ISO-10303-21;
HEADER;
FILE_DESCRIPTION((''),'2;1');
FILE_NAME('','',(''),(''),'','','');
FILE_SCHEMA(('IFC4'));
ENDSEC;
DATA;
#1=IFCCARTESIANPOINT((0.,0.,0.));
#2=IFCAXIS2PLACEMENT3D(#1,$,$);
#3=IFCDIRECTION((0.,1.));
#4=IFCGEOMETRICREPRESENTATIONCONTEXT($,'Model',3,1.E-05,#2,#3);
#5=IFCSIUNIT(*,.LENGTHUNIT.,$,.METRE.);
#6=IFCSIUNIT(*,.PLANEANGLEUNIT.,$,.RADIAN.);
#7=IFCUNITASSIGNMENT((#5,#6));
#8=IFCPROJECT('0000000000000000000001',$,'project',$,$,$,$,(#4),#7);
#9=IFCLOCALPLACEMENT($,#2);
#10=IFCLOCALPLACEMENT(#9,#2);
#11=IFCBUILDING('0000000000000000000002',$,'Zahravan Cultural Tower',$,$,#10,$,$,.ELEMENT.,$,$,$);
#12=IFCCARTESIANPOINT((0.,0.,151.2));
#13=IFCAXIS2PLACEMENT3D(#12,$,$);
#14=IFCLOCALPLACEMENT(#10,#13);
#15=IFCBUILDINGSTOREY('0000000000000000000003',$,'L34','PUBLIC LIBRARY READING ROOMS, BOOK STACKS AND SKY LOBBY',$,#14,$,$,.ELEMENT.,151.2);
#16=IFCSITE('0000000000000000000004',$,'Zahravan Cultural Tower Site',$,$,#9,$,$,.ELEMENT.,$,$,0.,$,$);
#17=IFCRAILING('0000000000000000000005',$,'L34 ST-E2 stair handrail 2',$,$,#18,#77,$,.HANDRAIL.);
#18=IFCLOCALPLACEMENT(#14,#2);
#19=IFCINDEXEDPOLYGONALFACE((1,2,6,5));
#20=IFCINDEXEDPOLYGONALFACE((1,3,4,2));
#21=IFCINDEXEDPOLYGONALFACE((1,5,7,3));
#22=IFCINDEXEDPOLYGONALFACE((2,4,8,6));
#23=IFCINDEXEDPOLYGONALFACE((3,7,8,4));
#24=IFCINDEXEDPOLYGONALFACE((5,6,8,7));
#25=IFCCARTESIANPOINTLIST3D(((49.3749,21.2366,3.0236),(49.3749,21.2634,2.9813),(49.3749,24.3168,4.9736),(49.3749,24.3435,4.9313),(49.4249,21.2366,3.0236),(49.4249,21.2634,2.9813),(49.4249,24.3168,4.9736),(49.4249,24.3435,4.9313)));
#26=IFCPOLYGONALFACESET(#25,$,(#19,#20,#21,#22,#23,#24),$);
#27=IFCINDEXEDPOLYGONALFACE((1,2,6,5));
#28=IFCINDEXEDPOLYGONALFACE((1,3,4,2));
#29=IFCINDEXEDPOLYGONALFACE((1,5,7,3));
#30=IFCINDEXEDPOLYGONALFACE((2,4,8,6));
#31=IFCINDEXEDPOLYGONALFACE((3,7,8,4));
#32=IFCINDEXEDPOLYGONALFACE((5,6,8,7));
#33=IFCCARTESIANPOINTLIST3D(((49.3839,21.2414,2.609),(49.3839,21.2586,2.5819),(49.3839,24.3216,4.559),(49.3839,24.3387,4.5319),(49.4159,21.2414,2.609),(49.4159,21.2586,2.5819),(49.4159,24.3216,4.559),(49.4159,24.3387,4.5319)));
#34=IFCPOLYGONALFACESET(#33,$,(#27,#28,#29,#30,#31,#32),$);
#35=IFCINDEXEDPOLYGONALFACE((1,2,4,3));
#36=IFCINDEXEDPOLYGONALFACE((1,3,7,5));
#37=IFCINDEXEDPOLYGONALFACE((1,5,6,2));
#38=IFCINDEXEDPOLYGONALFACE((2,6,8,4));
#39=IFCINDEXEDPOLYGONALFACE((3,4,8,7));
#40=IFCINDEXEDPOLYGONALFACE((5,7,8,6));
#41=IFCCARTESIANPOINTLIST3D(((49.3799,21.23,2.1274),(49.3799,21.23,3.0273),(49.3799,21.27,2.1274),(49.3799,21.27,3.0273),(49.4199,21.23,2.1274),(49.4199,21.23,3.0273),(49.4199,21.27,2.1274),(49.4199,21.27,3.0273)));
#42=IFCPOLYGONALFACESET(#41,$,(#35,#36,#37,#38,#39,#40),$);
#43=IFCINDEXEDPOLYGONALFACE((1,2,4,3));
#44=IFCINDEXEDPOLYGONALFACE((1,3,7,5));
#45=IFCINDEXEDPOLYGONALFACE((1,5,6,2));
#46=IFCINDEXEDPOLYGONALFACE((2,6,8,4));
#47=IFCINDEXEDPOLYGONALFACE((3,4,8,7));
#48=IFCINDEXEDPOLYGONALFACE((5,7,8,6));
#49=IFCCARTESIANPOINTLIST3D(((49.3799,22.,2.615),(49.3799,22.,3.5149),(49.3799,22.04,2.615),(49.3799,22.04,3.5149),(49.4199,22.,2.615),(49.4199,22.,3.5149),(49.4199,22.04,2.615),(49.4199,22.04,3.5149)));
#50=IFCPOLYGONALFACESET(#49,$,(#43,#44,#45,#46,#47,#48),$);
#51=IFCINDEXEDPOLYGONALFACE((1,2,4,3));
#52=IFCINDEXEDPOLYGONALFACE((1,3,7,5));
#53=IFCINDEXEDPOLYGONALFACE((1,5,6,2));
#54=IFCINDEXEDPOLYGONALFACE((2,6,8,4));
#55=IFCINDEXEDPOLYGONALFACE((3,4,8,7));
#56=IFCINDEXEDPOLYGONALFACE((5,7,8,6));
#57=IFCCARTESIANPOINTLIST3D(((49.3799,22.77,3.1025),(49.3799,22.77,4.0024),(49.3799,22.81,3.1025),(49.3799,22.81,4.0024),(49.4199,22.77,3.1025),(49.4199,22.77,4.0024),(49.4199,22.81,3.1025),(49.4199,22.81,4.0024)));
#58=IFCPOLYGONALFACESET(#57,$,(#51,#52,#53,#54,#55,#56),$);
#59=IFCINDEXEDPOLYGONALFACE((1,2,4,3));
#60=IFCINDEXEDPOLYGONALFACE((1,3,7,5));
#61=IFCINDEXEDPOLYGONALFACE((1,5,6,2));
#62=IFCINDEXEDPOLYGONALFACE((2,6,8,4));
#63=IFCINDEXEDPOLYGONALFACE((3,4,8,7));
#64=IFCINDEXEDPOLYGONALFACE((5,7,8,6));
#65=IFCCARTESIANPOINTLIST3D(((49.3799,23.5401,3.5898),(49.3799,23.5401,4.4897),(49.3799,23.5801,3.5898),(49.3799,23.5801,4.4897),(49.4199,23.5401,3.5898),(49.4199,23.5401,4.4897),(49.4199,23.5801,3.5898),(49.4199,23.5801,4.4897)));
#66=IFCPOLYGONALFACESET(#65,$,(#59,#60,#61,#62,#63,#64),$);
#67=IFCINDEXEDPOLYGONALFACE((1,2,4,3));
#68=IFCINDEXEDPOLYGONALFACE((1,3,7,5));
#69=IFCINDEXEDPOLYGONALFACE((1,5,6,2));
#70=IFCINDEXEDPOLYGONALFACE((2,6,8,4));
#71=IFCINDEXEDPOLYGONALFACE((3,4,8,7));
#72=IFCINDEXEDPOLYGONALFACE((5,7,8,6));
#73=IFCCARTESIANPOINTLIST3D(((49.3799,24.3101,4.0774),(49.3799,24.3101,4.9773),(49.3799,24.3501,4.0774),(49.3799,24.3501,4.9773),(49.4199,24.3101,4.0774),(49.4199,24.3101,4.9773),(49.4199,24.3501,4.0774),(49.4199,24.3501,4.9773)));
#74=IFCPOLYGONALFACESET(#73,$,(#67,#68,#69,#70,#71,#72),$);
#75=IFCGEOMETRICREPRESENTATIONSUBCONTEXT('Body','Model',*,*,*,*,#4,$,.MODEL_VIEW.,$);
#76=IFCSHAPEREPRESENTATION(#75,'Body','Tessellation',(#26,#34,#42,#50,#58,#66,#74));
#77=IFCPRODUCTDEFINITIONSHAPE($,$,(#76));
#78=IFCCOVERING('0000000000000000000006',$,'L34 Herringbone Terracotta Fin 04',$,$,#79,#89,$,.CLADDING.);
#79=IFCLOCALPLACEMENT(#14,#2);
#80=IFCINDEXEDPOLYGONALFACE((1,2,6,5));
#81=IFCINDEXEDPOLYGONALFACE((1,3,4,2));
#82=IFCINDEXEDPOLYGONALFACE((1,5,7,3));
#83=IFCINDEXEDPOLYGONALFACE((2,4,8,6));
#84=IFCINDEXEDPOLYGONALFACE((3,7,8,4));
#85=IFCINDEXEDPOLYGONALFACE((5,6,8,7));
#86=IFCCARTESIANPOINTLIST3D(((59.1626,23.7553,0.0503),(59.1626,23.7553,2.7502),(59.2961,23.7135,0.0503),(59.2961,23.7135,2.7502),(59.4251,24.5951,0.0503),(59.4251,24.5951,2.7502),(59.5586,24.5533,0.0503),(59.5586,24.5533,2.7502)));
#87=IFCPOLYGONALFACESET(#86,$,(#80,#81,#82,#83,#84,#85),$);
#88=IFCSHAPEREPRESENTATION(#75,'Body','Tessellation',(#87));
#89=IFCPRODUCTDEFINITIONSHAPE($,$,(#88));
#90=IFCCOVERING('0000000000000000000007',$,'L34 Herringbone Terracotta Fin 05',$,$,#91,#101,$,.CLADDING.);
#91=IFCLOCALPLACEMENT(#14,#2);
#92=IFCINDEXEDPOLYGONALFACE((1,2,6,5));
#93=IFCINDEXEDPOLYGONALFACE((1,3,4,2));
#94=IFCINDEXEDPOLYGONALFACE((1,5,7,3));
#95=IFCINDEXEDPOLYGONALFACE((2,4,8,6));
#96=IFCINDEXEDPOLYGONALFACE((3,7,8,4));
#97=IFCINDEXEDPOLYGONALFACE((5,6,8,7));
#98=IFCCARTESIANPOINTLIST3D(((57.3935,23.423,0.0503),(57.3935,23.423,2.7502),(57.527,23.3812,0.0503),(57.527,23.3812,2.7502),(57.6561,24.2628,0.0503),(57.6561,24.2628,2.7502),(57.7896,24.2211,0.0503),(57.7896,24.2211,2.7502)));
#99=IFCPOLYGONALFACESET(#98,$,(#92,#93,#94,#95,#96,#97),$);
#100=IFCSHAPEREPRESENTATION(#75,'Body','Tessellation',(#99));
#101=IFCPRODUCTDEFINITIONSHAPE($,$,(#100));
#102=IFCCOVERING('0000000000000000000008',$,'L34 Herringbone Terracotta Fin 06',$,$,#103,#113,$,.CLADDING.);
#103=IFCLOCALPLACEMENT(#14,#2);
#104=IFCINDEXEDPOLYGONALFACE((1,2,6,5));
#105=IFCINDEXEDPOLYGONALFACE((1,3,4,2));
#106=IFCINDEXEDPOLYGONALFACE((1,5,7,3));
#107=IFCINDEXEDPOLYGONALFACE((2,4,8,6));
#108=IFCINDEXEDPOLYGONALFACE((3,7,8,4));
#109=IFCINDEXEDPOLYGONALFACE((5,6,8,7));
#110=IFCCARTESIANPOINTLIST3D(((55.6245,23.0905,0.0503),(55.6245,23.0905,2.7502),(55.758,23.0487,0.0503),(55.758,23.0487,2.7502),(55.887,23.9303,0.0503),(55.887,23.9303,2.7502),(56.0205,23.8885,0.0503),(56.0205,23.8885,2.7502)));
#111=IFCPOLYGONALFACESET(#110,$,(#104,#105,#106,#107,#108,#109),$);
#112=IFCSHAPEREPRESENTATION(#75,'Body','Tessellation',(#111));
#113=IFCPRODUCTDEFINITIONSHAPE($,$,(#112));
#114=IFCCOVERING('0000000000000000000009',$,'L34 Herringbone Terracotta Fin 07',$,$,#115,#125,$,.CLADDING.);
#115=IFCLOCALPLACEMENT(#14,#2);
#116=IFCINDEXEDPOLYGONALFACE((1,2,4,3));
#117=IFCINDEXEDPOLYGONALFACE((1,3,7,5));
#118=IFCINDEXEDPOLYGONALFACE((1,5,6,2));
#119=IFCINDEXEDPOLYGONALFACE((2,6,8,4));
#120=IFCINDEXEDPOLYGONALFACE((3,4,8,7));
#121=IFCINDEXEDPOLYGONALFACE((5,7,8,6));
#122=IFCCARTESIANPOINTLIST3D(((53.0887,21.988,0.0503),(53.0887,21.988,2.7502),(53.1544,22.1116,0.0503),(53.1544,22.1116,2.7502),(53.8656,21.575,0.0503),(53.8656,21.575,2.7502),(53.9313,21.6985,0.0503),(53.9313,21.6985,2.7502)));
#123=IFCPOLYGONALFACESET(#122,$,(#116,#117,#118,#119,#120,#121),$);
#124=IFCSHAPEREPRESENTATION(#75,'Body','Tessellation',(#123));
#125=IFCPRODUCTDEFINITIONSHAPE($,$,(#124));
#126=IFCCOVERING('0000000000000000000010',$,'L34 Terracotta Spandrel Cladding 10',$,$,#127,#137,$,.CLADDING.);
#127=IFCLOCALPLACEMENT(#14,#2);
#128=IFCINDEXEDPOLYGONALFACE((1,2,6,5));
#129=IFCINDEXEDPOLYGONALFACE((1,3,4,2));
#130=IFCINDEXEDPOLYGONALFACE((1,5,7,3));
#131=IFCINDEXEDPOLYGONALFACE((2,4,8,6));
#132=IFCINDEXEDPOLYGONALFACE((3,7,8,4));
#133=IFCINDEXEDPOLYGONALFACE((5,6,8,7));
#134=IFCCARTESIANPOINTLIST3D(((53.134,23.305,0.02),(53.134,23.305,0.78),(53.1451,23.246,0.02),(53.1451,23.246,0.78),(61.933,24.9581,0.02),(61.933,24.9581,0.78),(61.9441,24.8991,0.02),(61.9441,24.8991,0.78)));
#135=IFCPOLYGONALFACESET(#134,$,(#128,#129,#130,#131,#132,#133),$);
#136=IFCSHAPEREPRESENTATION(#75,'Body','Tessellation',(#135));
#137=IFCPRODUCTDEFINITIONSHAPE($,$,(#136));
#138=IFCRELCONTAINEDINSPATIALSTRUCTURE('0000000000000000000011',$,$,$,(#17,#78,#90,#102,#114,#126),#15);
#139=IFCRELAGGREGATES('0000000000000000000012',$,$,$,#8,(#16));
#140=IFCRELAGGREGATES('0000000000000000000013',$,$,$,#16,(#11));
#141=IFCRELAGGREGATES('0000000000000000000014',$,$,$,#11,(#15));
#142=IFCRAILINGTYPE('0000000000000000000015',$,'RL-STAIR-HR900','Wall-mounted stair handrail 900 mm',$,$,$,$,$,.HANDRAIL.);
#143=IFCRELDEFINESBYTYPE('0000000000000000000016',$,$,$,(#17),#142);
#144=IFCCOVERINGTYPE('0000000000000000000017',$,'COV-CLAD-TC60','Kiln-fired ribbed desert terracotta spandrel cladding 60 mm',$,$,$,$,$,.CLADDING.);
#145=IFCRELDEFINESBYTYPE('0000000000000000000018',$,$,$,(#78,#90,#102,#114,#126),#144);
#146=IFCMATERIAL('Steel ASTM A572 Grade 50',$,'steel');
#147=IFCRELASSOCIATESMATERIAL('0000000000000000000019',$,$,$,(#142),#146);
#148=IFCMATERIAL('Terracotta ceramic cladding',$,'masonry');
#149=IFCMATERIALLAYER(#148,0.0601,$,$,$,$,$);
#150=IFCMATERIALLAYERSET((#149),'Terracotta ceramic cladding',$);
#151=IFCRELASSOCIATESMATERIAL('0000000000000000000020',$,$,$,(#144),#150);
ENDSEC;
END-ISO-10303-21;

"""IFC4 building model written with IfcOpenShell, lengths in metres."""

from ifc_helpers import new_model, si_unit, direction, frame, origin, origin_2d, place, context, subcontext, project, spatial, rectangle, extrude, source, transform, mapped, material, layer, layer_set, type_object, element, save


model = new_model("IFC4")

# Units and contexts
model_context = context("Model", 3, precision=1e-05, world=origin(), true_north=direction((0.0, 1.0)))
body_context = subcontext(model_context, "Body", "Model", "MODEL_VIEW")
ifc_project = project(units=[si_unit("LENGTHUNIT", "METRE"), si_unit("PLANEANGLEUNIT", "RADIAN")], contexts=[model_context])

# Site, building, storey
site_placement = place(None, origin())
site = spatial("IfcSite", under=ifc_project, at=site_placement, Name="Zahravan Cultural Tower Site", CompositionType="ELEMENT", RefElevation=0.0)
building_placement = place(site_placement, origin())
building = spatial("IfcBuilding", under=site, at=building_placement, Name="Zahravan Cultural Tower", CompositionType="ELEMENT")
storey_placement = place(building_placement, frame((0.0, 0.0, 151.2)))
storey = spatial("IfcBuildingStorey", under=building, at=storey_placement, Name="L34", Description="PUBLIC LIBRARY READING ROOMS, BOOK STACKS AND SKY LOBBY", CompositionType="ELEMENT", Elevation=151.2)

# Railing
ifc_material_1 = material(Name="Steel ASTM A572 Grade 50", Category="steel")
railing_type_1 = type_object("IfcRailingType", Name="RL-STAIR-HR900", Description="Wall-mounted stair handrail 900 mm", PredefinedType="HANDRAIL", material=ifc_material_1)
railing_1_placement = place(storey_placement, frame((49.3999, 21.25, 2.1274)))
element("IfcRailing", 1, at=railing_1_placement, inside=storey, type_object=railing_type_1, Name="L34 ST-E2 stair handrail 2", PredefinedType="HANDRAIL", context=body_context, shape_type="SweptSolid", body=[
    extrude(rectangle(XDim=0.05, YDim=0.05, at=origin_2d()), frame((0.0, 0.0, 0.875), z_axis=(0.0, 0.844914, 0.534902), x_axis=(-1.0, 0.0, 0.0)), (0.0, 0.0, 1.0), 3.6455),
    extrude(rectangle(XDim=0.032, YDim=0.032, at=origin_2d()), frame((0.0, 0.0, 0.468), z_axis=(0.0, 0.844914, 0.534902), x_axis=(-1.0, 0.0, 0.0)), (0.0, 0.0, 1.0), 3.6455),
    extrude(rectangle(XDim=0.04, YDim=0.04, at=origin_2d()), origin(), (0.0, 0.0, 1.0), 0.8999),
    extrude(rectangle(XDim=0.04, YDim=0.04, at=origin_2d()), frame((0.0, 0.77, 0.4875)), (0.0, 0.0, 1.0), 0.8999),
    extrude(rectangle(XDim=0.04, YDim=0.04, at=origin_2d()), frame((0.0, 1.54, 0.9751)), (0.0, 0.0, 1.0), 0.8999),
    extrude(rectangle(XDim=0.04, YDim=0.04, at=origin_2d()), frame((0.0, 2.3101, 1.4624)), (0.0, 0.0, 1.0), 0.8999),
    extrude(rectangle(XDim=0.04, YDim=0.04, at=origin_2d()), frame((0.0, 3.0801, 1.95)), (0.0, 0.0, 1.0), 0.8999),
])

# Coverings
ifc_material_2 = material(Name="Terracotta ceramic cladding", Category="masonry")
ifc_layer_1 = layer(ifc_material_2, 0.0601)
ifc_layer_set_1 = layer_set([ifc_layer_1], Name="Terracotta ceramic cladding")
covering_type = type_object("IfcCoveringType", Name="COV-CLAD-TC60", Description="Kiln-fired ribbed desert terracotta spandrel cladding 60 mm", PredefinedType="CLADDING", material=ifc_layer_set_1)
shared_shape_1 = source(origin(), body_context, "Body", "SweptSolid", [
    extrude(rectangle(XDim=0.8799, YDim=0.1399, at=origin_2d()), origin(), (0.0, 0.0, 1.0), 2.7),
])
for number, where, z_axis, x_axis, name in (
    (2, (59.3606, 24.1543, 0.0503), (0.0, 0.0, 1.0), (-0.298375, -0.954449, 0.0), "L34 Herringbone Terracotta Fin 04"),
    (3, (57.5916, 23.822, 0.0503), (0.0, 0.0, 1.0), (-0.298375, -0.954449, 0.0), "L34 Herringbone Terracotta Fin 05"),
    (4, (55.8225, 23.4895, 0.0503), (0.0, 0.0, 1.0), (-0.298375, -0.954449, 0.0), "L34 Herringbone Terracotta Fin 06"),
    (5, (53.51, 21.8433, 0.0503), (0.0, 0.0, 1.0), (0.882948, -0.469472, 0.0), "L34 Herringbone Terracotta Fin 07"),
):
    element("IfcCovering", number, at=place(storey_placement, frame(where, z_axis=z_axis, x_axis=x_axis)), inside=storey, type_object=covering_type, Name=name, PredefinedType="CLADDING", context=body_context, shape_type="MappedRepresentation", body=[
        mapped(shared_shape_1, transform((0.0, 0.0, 0.0), x_axis=(1.0, 0.0, 0.0), y_axis=(0.0, 1.0, 0.0), z_axis=(0.0, 0.0, 1.0), scale=1.0)),
    ])
shared_shape_2 = source(origin(), body_context, "Body", "SweptSolid", [
    extrude(rectangle(XDim=8.9529, YDim=0.0601, at=origin_2d()), origin(), (0.0, 0.0, 1.0), 0.76),
])
covering_placement = place(storey_placement, frame((57.5391, 24.1021, 0.02), z_axis=(0.0, 0.0, 1.0), x_axis=(-0.982807, -0.184638, 0.0)))
element("IfcCovering", 6, at=covering_placement, inside=storey, type_object=covering_type, Name="L34 Terracotta Spandrel Cladding 10", PredefinedType="CLADDING", context=body_context, shape_type="MappedRepresentation", body=[
    mapped(shared_shape_2, transform((0.0, 0.0, 0.0), x_axis=(1.0, 0.0, 0.0), y_axis=(0.0, 1.0, 0.0), z_axis=(0.0, 0.0, 1.0), scale=1.0)),
])

save(model, "model.ifc")
